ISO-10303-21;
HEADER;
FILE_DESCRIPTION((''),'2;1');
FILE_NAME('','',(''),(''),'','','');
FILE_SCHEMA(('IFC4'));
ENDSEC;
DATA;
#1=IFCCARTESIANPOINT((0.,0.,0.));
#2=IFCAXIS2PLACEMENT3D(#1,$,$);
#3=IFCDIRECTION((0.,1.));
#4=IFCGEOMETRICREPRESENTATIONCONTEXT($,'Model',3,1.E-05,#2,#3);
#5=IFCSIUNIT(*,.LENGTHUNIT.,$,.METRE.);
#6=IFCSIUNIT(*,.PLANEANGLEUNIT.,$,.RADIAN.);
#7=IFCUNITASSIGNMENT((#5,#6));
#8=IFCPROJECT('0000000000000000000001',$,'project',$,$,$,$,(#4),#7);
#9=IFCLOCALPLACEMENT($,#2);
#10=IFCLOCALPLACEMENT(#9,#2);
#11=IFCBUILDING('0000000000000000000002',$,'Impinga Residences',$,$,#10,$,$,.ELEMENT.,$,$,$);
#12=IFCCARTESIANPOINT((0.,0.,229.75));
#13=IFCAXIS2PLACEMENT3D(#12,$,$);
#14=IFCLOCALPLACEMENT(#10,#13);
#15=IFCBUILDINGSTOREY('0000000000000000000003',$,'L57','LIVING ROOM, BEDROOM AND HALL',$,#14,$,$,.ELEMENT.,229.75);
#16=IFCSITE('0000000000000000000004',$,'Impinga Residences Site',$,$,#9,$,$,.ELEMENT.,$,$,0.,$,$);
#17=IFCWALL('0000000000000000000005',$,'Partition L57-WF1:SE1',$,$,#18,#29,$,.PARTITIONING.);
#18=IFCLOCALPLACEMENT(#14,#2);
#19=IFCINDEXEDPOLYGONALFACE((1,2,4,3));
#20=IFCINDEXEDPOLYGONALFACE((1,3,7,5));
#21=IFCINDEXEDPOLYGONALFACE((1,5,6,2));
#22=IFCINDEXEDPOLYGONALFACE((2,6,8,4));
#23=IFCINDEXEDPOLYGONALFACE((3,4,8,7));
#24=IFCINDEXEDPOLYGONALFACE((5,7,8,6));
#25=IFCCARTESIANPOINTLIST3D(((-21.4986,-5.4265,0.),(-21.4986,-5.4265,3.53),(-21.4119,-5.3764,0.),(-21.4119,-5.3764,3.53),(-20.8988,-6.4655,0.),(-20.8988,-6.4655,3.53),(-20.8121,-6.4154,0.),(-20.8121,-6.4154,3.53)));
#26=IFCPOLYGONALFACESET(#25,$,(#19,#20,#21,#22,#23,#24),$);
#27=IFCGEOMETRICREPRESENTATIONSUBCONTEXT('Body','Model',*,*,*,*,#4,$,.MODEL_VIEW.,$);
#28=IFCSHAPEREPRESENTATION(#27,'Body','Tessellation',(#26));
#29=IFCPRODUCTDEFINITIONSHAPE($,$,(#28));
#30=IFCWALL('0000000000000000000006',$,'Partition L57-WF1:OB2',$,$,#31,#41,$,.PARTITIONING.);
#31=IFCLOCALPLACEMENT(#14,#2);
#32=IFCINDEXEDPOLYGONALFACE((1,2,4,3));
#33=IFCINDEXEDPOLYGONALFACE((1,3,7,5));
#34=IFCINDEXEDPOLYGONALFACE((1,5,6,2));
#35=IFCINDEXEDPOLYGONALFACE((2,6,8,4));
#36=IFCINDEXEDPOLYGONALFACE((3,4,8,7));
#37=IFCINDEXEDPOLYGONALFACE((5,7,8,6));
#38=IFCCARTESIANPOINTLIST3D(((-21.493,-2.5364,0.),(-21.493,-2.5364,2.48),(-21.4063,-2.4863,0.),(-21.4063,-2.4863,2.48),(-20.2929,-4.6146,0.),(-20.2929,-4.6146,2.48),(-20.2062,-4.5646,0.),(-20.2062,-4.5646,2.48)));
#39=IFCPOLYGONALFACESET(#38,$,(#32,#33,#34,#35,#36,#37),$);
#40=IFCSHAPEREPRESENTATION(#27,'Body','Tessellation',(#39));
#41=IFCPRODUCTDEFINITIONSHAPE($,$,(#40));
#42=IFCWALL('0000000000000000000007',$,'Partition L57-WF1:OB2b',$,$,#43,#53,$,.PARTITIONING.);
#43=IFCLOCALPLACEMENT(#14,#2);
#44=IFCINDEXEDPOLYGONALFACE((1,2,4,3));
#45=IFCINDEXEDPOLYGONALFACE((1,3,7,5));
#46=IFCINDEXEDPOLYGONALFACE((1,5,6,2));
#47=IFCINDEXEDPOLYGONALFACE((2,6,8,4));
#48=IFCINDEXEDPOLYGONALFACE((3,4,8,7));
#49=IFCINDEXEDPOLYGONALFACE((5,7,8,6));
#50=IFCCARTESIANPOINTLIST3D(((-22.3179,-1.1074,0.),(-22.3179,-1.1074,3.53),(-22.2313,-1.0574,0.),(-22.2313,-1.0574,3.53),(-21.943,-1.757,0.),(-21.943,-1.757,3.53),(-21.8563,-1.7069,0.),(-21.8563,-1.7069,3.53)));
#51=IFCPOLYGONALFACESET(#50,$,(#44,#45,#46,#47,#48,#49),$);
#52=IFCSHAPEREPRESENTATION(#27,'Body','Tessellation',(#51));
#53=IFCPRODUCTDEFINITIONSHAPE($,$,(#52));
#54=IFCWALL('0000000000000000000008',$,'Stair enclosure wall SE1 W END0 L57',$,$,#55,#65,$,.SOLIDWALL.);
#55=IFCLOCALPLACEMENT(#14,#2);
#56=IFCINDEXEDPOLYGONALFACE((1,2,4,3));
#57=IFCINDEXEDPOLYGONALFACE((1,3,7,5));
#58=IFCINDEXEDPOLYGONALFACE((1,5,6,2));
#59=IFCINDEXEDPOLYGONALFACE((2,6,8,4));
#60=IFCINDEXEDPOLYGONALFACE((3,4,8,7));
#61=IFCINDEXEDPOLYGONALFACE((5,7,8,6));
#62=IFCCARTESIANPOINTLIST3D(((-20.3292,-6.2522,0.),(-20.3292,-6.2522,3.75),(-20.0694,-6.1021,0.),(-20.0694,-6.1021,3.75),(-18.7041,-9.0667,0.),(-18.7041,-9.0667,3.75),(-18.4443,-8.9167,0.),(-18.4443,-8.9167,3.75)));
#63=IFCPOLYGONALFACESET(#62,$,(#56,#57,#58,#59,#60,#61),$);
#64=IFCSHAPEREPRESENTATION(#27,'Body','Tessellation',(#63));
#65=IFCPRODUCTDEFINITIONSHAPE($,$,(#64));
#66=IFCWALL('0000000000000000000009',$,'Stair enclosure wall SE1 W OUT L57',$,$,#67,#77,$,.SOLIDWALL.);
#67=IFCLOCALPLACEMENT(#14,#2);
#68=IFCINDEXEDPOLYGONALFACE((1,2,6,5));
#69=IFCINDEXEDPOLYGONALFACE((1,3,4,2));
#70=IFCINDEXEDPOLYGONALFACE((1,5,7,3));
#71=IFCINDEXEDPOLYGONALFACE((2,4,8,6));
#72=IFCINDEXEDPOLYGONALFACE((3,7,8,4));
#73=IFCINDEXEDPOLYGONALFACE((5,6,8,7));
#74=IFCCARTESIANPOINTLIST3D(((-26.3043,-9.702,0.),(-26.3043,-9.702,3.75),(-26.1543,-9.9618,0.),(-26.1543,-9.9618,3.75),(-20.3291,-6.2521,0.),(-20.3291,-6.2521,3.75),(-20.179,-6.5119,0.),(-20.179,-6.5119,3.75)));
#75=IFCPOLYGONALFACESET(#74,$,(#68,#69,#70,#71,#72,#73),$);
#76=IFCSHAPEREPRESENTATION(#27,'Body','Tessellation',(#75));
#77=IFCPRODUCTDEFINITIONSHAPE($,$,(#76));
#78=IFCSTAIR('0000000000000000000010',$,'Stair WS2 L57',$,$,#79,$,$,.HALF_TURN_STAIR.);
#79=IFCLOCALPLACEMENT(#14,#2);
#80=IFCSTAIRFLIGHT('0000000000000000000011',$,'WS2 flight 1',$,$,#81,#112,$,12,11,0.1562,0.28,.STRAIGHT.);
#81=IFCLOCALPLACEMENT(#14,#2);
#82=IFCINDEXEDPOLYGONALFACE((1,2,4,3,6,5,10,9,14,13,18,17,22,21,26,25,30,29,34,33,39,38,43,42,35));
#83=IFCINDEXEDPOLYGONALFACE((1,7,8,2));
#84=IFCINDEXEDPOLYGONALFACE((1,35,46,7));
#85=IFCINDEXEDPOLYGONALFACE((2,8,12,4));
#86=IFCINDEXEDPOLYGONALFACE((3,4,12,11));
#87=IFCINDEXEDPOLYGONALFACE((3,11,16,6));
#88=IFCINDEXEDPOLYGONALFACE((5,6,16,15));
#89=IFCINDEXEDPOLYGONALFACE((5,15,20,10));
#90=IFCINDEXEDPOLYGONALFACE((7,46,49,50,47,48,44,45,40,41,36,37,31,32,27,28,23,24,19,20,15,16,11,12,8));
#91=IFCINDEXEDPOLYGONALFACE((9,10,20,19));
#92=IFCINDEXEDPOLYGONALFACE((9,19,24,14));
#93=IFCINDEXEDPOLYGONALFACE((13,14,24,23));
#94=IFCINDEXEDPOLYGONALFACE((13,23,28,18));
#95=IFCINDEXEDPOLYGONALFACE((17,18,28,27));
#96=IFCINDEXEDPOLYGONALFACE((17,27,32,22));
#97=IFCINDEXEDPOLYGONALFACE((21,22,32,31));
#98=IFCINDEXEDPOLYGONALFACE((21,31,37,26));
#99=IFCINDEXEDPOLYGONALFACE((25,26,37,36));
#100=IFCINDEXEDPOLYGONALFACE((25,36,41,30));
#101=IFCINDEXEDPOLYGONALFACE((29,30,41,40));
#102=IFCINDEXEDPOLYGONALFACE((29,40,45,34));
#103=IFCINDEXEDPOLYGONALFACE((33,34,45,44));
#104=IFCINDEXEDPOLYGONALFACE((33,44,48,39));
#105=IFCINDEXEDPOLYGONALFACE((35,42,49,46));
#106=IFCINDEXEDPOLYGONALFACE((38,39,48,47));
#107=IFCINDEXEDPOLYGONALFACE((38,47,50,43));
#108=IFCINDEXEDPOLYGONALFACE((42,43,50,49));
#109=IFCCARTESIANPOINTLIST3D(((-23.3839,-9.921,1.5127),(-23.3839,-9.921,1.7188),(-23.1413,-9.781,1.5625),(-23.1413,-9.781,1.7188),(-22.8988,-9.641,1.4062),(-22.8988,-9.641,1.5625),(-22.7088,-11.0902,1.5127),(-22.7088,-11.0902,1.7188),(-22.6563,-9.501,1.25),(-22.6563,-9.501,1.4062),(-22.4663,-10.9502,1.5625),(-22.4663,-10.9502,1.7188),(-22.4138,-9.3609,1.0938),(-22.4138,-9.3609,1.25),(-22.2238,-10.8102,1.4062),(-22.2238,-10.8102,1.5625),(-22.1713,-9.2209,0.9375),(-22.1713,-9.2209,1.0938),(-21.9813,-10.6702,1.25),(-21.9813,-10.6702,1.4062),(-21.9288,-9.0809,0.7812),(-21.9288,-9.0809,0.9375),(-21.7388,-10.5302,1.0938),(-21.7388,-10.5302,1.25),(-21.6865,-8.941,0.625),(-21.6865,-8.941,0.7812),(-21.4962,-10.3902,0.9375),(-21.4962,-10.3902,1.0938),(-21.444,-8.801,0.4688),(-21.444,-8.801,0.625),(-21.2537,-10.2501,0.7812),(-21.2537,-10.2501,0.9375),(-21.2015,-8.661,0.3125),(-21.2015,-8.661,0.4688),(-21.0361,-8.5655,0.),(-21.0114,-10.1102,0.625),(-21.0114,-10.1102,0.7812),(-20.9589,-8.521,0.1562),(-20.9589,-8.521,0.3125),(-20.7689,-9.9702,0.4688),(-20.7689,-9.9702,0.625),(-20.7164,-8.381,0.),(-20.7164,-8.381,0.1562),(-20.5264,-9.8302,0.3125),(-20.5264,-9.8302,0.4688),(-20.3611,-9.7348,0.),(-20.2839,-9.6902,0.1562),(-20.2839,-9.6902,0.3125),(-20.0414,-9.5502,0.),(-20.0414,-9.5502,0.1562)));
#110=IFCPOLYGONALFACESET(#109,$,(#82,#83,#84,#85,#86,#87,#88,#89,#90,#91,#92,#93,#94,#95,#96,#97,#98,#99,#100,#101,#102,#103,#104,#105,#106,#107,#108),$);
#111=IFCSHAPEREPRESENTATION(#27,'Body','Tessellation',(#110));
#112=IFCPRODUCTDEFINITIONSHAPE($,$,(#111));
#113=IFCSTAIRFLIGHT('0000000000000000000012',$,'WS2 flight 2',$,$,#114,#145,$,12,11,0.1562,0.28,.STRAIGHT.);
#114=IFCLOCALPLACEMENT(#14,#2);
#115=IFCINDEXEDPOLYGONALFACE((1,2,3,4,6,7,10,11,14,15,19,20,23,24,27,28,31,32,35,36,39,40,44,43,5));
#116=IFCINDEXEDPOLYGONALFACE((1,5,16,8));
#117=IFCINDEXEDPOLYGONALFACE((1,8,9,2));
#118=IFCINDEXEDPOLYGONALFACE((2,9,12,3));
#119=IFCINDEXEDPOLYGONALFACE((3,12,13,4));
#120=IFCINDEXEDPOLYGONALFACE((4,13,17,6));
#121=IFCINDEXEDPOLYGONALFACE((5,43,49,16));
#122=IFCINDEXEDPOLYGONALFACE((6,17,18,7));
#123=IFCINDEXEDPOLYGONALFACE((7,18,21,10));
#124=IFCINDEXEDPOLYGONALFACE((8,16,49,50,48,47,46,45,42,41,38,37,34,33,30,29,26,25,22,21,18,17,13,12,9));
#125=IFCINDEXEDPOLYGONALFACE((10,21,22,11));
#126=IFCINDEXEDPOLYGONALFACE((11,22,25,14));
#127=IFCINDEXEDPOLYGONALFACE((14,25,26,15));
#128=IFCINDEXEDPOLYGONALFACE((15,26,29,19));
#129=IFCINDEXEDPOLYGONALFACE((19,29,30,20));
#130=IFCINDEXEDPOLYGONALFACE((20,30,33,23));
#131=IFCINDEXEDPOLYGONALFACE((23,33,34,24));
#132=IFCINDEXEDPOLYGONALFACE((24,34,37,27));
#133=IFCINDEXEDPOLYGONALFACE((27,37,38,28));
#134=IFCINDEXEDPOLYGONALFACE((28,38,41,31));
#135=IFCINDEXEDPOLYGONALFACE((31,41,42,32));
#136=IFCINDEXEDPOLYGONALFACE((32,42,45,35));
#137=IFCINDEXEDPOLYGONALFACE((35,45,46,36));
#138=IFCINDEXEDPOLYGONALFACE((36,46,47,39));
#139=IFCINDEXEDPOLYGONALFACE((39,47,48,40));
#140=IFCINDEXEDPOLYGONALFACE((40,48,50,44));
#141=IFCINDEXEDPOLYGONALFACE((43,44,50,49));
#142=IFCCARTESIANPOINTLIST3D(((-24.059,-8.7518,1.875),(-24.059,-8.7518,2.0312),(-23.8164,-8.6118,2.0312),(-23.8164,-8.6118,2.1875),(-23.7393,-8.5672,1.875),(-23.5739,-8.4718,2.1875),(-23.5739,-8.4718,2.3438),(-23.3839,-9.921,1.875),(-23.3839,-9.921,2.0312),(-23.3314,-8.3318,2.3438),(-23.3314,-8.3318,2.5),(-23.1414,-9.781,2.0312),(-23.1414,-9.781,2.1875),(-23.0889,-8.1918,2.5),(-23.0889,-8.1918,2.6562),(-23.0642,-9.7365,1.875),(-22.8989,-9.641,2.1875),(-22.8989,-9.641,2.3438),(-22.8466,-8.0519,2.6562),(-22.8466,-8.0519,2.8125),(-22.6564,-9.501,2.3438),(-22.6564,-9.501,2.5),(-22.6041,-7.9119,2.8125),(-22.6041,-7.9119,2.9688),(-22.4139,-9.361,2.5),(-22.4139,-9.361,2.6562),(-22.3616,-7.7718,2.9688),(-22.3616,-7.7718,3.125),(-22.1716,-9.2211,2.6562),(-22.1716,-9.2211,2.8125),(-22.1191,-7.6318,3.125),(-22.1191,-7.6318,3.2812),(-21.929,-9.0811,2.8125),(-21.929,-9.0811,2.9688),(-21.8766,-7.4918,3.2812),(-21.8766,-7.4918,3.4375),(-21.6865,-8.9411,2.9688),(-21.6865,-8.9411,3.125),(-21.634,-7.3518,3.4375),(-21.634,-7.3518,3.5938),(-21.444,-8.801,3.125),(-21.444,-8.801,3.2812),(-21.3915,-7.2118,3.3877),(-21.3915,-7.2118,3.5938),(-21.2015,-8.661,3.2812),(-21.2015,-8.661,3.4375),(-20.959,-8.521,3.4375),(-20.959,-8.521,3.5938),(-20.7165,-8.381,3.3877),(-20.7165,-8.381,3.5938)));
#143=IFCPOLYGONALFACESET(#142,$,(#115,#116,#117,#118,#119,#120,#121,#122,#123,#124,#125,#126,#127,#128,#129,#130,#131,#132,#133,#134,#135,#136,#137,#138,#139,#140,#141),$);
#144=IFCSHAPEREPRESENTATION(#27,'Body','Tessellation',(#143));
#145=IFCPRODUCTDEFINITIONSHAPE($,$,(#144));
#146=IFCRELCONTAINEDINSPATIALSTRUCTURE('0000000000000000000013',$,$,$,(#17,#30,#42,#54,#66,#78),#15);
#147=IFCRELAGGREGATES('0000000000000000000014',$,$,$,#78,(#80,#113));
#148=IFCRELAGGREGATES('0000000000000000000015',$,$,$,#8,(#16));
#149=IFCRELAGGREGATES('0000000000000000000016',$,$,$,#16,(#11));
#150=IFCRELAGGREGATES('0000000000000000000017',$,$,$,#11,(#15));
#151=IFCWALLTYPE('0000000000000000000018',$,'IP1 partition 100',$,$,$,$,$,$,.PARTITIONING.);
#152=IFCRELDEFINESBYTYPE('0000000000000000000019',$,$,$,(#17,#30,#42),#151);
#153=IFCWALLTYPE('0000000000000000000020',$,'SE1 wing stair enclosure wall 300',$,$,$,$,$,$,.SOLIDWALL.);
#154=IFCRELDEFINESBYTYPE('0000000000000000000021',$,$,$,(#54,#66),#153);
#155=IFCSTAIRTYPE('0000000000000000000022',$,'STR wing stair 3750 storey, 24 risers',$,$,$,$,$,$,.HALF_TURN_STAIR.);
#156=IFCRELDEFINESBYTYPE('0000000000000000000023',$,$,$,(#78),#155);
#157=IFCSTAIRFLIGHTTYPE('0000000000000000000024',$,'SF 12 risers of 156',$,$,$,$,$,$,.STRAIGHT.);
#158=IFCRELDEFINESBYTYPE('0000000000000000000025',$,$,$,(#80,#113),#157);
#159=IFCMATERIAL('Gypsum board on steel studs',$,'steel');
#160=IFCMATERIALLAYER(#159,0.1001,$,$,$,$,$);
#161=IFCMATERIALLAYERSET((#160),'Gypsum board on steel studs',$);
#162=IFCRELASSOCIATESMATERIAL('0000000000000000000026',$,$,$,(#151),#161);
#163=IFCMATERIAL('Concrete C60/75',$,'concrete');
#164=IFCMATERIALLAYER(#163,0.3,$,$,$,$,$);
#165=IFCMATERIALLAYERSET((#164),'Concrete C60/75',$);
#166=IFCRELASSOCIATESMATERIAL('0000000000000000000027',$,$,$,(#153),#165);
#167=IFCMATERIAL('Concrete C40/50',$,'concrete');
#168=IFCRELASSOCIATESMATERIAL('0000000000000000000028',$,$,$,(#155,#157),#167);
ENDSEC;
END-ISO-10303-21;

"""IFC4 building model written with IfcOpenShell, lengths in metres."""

from ifc_helpers import new_model, si_unit, direction, frame, frame_2d, origin, place, context, subcontext, project, spatial, polyline, rectangle, outline, extrude, material, layer, layer_set, type_object, element, aggregate, save


model = new_model("IFC4")

# Units and contexts
model_context = context("Model", 3, precision=1e-05, world=origin(), true_north=direction((0.0, 1.0)))
body_context = subcontext(model_context, "Body", "Model", "MODEL_VIEW")
ifc_project = project(units=[si_unit("LENGTHUNIT", "METRE"), si_unit("PLANEANGLEUNIT", "RADIAN")], contexts=[model_context])

# Site, building, storey
site_placement = place(None, origin())
site = spatial("IfcSite", under=ifc_project, at=site_placement, Name="Impinga Residences Site", CompositionType="ELEMENT", RefElevation=0.0)
building_placement = place(site_placement, origin())
building = spatial("IfcBuilding", under=site, at=building_placement, Name="Impinga Residences", CompositionType="ELEMENT")
storey_placement = place(building_placement, frame((0.0, 0.0, 229.75)))
storey = spatial("IfcBuildingStorey", under=building, at=storey_placement, Name="L57", Description="LIVING ROOM, BEDROOM AND HALL", CompositionType="ELEMENT", Elevation=229.75)

# Shared definitions
ifc_material_1 = material(Name="Concrete C60/75", Category="concrete")

# Walls
ifc_material_2 = material(Name="Gypsum board on steel studs", Category="steel")
ifc_layer_1 = layer(ifc_material_2, 0.1001)
ifc_layer_set_1 = layer_set([ifc_layer_1], Name="Gypsum board on steel studs")
wall_type_1 = type_object("IfcWallType", Name="IP1 partition 100", PredefinedType="PARTITIONING", material=ifc_layer_set_1)
wall_1_placement = place(storey_placement, frame((-20.8555, -6.4404, 0.0), z_axis=(0.0, 0.0, 1.0), x_axis=(-0.499969, 0.866043, 0.0)))
element("IfcWall", 1, at=wall_1_placement, inside=storey, type_object=wall_type_1, Name="Partition L57-WF1:SE1", PredefinedType="PARTITIONING", context=body_context, shape_type="SweptSolid", body=[
    extrude(rectangle(XDim=1.1997, YDim=0.1001, at=frame_2d((0.5999, 0.0))), origin(), (0.0, 0.0, 1.0), 3.53),
])
wall_2_placement = place(storey_placement, frame((-20.2495, -4.5896, 0.0), z_axis=(0.0, 0.0, 1.0), x_axis=(-0.500078, 0.865981, 0.0)))
element("IfcWall", 2, at=wall_2_placement, inside=storey, type_object=wall_type_1, Name="Partition L57-WF1:OB2", PredefinedType="PARTITIONING", context=body_context, shape_type="SweptSolid", body=[
    extrude(rectangle(XDim=2.3999, YDim=0.1001, at=frame_2d((1.2, 0.0))), origin(), (0.0, 0.0, 1.0), 2.48),
])
wall_3_placement = place(storey_placement, frame((-21.8997, -1.7319, 0.0), z_axis=(0.0, 0.0, 1.0), x_axis=(-0.49992, 0.866072, 0.0)))
element("IfcWall", 3, at=wall_3_placement, inside=storey, type_object=wall_type_1, Name="Partition L57-WF1:OB2b", PredefinedType="PARTITIONING", context=body_context, shape_type="SweptSolid", body=[
    extrude(rectangle(XDim=0.75, YDim=0.1001, at=frame_2d((0.375, 0.0))), origin(), (0.0, 0.0, 1.0), 3.53),
])
ifc_layer_2 = layer(ifc_material_1, 0.3)
ifc_layer_set_2 = layer_set([ifc_layer_2], Name="Concrete C60/75")
wall_type_2 = type_object("IfcWallType", Name="SE1 wing stair enclosure wall 300", PredefinedType="SOLIDWALL", material=ifc_layer_set_2)
wall_4_placement = place(storey_placement, frame((-18.5742, -8.9917, 0.0), z_axis=(0.0, 0.0, 1.0), x_axis=(-0.500017, 0.866015, 0.0)))
element("IfcWall", 4, at=wall_4_placement, inside=storey, type_object=wall_type_2, Name="Stair enclosure wall SE1 W END0 L57", PredefinedType="SOLIDWALL", context=body_context, shape_type="SweptSolid", body=[
    extrude(rectangle(XDim=3.25, YDim=0.3, at=frame_2d((1.625, 0.0))), origin(), (0.0, 0.0, 1.0), 3.75),
])
wall_5_placement = place(storey_placement, frame((-20.2542, -6.3821, 0.0), z_axis=(0.0, 0.0, 1.0), x_axis=(-0.86602, -0.500009, 0.0)))
element("IfcWall", 5, at=wall_5_placement, inside=storey, type_object=wall_type_2, Name="Stair enclosure wall SE1 W OUT L57", PredefinedType="SOLIDWALL", context=body_context, shape_type="SweptSolid", body=[
    extrude(rectangle(XDim=6.8997, YDim=0.3, at=frame_2d((3.4497, 0.0))), origin(), (0.0, 0.0, 1.0), 3.75),
])

# Stair, stair flights
ifc_material_3 = material(Name="Concrete C40/50", Category="concrete")
stair_type = type_object("IfcStairType", Name="STR wing stair 3750 storey, 24 risers", PredefinedType="HALF_TURN_STAIR", material=ifc_material_3)
stair_placement = place(storey_placement, origin())
stair = element("IfcStair", 6, at=stair_placement, inside=storey, type_object=stair_type, Name="Stair WS2 L57", PredefinedType="HALF_TURN_STAIR")
stair_flight_type = type_object("IfcStairFlightType", Name="SF 12 risers of 156", PredefinedType="STRAIGHT", material=ifc_material_3)
stair_flight_1_placement = place(storey_placement, frame((-20.3789, -8.9656, 0.0), z_axis=(0.0, 0.0, 1.0), x_axis=(-0.866025, -0.5, 0.0)))
stair_flight_1 = element("IfcStairFlight", 7, at=stair_flight_1_placement, type_object=stair_flight_type, Name="WS2 flight 1", NumberOfRisers=12, NumberOfTreads=11, PredefinedType="STRAIGHT", RiserHeight=0.1562, TreadLength=0.28, context=body_context, shape_type="SweptSolid", body=[
    extrude(outline(polyline([(0.0, 0.0), (0.0, 0.1562), (0.28, 0.1562), (0.28, 0.3125), (0.5601, 0.3125), (0.5601, 0.4688), (0.8401, 0.4688), (0.8401, 0.625), (1.1201, 0.625), (1.1201, 0.7812), (1.3999, 0.7812), (1.3999, 0.9375), (1.6799, 0.9375), (1.6799, 1.0938), (1.96, 1.0938), (1.96, 1.25), (2.24, 1.25), (2.24, 1.4062), (2.52, 1.4062), (2.52, 1.5625), (2.8, 1.5625), (2.8, 1.7188), (3.0801, 1.7188), (3.0801, 1.875), (3.0801, 1.5127), (0.3691, 0.0), (0.0, 0.0)])), frame((0.0, 0.675, 0.0), z_axis=(0.0, -1.0, 0.0), x_axis=(1.0, 0.0, 0.0)), (0.0, 0.0, 1.0), 1.3501),
])
stair_flight_2_placement = place(storey_placement, frame((-23.7214, -9.3364, 1.875), z_axis=(0.0, 0.0, 1.0), x_axis=(0.866025, 0.5, 0.0)))
stair_flight_2 = element("IfcStairFlight", 8, at=stair_flight_2_placement, type_object=stair_flight_type, Name="WS2 flight 2", NumberOfRisers=12, NumberOfTreads=11, PredefinedType="STRAIGHT", RiserHeight=0.1562, TreadLength=0.28, context=body_context, shape_type="SweptSolid", body=[
    extrude(outline(polyline([(0.0, 0.0), (0.0, 0.1562), (0.28, 0.1562), (0.28, 0.3125), (0.5601, 0.3125), (0.5601, 0.4688), (0.8401, 0.4688), (0.8401, 0.625), (1.1201, 0.625), (1.1201, 0.7812), (1.3999, 0.7812), (1.3999, 0.9375), (1.6799, 0.9375), (1.6799, 1.0938), (1.96, 1.0938), (1.96, 1.25), (2.24, 1.25), (2.24, 1.4062), (2.52, 1.4062), (2.52, 1.5625), (2.8, 1.5625), (2.8, 1.7188), (3.0801, 1.7188), (3.0801, 1.875), (3.0801, 1.5127), (0.3691, 0.0), (0.0, 0.0)])), frame((0.0, 0.675, 0.0), z_axis=(0.0, -1.0, 0.0), x_axis=(1.0, 0.0, 0.0)), (0.0, 0.0, 1.0), 1.3501),
])
aggregate(stair, [stair_flight_1, stair_flight_2])

save(model, "model.ifc")
